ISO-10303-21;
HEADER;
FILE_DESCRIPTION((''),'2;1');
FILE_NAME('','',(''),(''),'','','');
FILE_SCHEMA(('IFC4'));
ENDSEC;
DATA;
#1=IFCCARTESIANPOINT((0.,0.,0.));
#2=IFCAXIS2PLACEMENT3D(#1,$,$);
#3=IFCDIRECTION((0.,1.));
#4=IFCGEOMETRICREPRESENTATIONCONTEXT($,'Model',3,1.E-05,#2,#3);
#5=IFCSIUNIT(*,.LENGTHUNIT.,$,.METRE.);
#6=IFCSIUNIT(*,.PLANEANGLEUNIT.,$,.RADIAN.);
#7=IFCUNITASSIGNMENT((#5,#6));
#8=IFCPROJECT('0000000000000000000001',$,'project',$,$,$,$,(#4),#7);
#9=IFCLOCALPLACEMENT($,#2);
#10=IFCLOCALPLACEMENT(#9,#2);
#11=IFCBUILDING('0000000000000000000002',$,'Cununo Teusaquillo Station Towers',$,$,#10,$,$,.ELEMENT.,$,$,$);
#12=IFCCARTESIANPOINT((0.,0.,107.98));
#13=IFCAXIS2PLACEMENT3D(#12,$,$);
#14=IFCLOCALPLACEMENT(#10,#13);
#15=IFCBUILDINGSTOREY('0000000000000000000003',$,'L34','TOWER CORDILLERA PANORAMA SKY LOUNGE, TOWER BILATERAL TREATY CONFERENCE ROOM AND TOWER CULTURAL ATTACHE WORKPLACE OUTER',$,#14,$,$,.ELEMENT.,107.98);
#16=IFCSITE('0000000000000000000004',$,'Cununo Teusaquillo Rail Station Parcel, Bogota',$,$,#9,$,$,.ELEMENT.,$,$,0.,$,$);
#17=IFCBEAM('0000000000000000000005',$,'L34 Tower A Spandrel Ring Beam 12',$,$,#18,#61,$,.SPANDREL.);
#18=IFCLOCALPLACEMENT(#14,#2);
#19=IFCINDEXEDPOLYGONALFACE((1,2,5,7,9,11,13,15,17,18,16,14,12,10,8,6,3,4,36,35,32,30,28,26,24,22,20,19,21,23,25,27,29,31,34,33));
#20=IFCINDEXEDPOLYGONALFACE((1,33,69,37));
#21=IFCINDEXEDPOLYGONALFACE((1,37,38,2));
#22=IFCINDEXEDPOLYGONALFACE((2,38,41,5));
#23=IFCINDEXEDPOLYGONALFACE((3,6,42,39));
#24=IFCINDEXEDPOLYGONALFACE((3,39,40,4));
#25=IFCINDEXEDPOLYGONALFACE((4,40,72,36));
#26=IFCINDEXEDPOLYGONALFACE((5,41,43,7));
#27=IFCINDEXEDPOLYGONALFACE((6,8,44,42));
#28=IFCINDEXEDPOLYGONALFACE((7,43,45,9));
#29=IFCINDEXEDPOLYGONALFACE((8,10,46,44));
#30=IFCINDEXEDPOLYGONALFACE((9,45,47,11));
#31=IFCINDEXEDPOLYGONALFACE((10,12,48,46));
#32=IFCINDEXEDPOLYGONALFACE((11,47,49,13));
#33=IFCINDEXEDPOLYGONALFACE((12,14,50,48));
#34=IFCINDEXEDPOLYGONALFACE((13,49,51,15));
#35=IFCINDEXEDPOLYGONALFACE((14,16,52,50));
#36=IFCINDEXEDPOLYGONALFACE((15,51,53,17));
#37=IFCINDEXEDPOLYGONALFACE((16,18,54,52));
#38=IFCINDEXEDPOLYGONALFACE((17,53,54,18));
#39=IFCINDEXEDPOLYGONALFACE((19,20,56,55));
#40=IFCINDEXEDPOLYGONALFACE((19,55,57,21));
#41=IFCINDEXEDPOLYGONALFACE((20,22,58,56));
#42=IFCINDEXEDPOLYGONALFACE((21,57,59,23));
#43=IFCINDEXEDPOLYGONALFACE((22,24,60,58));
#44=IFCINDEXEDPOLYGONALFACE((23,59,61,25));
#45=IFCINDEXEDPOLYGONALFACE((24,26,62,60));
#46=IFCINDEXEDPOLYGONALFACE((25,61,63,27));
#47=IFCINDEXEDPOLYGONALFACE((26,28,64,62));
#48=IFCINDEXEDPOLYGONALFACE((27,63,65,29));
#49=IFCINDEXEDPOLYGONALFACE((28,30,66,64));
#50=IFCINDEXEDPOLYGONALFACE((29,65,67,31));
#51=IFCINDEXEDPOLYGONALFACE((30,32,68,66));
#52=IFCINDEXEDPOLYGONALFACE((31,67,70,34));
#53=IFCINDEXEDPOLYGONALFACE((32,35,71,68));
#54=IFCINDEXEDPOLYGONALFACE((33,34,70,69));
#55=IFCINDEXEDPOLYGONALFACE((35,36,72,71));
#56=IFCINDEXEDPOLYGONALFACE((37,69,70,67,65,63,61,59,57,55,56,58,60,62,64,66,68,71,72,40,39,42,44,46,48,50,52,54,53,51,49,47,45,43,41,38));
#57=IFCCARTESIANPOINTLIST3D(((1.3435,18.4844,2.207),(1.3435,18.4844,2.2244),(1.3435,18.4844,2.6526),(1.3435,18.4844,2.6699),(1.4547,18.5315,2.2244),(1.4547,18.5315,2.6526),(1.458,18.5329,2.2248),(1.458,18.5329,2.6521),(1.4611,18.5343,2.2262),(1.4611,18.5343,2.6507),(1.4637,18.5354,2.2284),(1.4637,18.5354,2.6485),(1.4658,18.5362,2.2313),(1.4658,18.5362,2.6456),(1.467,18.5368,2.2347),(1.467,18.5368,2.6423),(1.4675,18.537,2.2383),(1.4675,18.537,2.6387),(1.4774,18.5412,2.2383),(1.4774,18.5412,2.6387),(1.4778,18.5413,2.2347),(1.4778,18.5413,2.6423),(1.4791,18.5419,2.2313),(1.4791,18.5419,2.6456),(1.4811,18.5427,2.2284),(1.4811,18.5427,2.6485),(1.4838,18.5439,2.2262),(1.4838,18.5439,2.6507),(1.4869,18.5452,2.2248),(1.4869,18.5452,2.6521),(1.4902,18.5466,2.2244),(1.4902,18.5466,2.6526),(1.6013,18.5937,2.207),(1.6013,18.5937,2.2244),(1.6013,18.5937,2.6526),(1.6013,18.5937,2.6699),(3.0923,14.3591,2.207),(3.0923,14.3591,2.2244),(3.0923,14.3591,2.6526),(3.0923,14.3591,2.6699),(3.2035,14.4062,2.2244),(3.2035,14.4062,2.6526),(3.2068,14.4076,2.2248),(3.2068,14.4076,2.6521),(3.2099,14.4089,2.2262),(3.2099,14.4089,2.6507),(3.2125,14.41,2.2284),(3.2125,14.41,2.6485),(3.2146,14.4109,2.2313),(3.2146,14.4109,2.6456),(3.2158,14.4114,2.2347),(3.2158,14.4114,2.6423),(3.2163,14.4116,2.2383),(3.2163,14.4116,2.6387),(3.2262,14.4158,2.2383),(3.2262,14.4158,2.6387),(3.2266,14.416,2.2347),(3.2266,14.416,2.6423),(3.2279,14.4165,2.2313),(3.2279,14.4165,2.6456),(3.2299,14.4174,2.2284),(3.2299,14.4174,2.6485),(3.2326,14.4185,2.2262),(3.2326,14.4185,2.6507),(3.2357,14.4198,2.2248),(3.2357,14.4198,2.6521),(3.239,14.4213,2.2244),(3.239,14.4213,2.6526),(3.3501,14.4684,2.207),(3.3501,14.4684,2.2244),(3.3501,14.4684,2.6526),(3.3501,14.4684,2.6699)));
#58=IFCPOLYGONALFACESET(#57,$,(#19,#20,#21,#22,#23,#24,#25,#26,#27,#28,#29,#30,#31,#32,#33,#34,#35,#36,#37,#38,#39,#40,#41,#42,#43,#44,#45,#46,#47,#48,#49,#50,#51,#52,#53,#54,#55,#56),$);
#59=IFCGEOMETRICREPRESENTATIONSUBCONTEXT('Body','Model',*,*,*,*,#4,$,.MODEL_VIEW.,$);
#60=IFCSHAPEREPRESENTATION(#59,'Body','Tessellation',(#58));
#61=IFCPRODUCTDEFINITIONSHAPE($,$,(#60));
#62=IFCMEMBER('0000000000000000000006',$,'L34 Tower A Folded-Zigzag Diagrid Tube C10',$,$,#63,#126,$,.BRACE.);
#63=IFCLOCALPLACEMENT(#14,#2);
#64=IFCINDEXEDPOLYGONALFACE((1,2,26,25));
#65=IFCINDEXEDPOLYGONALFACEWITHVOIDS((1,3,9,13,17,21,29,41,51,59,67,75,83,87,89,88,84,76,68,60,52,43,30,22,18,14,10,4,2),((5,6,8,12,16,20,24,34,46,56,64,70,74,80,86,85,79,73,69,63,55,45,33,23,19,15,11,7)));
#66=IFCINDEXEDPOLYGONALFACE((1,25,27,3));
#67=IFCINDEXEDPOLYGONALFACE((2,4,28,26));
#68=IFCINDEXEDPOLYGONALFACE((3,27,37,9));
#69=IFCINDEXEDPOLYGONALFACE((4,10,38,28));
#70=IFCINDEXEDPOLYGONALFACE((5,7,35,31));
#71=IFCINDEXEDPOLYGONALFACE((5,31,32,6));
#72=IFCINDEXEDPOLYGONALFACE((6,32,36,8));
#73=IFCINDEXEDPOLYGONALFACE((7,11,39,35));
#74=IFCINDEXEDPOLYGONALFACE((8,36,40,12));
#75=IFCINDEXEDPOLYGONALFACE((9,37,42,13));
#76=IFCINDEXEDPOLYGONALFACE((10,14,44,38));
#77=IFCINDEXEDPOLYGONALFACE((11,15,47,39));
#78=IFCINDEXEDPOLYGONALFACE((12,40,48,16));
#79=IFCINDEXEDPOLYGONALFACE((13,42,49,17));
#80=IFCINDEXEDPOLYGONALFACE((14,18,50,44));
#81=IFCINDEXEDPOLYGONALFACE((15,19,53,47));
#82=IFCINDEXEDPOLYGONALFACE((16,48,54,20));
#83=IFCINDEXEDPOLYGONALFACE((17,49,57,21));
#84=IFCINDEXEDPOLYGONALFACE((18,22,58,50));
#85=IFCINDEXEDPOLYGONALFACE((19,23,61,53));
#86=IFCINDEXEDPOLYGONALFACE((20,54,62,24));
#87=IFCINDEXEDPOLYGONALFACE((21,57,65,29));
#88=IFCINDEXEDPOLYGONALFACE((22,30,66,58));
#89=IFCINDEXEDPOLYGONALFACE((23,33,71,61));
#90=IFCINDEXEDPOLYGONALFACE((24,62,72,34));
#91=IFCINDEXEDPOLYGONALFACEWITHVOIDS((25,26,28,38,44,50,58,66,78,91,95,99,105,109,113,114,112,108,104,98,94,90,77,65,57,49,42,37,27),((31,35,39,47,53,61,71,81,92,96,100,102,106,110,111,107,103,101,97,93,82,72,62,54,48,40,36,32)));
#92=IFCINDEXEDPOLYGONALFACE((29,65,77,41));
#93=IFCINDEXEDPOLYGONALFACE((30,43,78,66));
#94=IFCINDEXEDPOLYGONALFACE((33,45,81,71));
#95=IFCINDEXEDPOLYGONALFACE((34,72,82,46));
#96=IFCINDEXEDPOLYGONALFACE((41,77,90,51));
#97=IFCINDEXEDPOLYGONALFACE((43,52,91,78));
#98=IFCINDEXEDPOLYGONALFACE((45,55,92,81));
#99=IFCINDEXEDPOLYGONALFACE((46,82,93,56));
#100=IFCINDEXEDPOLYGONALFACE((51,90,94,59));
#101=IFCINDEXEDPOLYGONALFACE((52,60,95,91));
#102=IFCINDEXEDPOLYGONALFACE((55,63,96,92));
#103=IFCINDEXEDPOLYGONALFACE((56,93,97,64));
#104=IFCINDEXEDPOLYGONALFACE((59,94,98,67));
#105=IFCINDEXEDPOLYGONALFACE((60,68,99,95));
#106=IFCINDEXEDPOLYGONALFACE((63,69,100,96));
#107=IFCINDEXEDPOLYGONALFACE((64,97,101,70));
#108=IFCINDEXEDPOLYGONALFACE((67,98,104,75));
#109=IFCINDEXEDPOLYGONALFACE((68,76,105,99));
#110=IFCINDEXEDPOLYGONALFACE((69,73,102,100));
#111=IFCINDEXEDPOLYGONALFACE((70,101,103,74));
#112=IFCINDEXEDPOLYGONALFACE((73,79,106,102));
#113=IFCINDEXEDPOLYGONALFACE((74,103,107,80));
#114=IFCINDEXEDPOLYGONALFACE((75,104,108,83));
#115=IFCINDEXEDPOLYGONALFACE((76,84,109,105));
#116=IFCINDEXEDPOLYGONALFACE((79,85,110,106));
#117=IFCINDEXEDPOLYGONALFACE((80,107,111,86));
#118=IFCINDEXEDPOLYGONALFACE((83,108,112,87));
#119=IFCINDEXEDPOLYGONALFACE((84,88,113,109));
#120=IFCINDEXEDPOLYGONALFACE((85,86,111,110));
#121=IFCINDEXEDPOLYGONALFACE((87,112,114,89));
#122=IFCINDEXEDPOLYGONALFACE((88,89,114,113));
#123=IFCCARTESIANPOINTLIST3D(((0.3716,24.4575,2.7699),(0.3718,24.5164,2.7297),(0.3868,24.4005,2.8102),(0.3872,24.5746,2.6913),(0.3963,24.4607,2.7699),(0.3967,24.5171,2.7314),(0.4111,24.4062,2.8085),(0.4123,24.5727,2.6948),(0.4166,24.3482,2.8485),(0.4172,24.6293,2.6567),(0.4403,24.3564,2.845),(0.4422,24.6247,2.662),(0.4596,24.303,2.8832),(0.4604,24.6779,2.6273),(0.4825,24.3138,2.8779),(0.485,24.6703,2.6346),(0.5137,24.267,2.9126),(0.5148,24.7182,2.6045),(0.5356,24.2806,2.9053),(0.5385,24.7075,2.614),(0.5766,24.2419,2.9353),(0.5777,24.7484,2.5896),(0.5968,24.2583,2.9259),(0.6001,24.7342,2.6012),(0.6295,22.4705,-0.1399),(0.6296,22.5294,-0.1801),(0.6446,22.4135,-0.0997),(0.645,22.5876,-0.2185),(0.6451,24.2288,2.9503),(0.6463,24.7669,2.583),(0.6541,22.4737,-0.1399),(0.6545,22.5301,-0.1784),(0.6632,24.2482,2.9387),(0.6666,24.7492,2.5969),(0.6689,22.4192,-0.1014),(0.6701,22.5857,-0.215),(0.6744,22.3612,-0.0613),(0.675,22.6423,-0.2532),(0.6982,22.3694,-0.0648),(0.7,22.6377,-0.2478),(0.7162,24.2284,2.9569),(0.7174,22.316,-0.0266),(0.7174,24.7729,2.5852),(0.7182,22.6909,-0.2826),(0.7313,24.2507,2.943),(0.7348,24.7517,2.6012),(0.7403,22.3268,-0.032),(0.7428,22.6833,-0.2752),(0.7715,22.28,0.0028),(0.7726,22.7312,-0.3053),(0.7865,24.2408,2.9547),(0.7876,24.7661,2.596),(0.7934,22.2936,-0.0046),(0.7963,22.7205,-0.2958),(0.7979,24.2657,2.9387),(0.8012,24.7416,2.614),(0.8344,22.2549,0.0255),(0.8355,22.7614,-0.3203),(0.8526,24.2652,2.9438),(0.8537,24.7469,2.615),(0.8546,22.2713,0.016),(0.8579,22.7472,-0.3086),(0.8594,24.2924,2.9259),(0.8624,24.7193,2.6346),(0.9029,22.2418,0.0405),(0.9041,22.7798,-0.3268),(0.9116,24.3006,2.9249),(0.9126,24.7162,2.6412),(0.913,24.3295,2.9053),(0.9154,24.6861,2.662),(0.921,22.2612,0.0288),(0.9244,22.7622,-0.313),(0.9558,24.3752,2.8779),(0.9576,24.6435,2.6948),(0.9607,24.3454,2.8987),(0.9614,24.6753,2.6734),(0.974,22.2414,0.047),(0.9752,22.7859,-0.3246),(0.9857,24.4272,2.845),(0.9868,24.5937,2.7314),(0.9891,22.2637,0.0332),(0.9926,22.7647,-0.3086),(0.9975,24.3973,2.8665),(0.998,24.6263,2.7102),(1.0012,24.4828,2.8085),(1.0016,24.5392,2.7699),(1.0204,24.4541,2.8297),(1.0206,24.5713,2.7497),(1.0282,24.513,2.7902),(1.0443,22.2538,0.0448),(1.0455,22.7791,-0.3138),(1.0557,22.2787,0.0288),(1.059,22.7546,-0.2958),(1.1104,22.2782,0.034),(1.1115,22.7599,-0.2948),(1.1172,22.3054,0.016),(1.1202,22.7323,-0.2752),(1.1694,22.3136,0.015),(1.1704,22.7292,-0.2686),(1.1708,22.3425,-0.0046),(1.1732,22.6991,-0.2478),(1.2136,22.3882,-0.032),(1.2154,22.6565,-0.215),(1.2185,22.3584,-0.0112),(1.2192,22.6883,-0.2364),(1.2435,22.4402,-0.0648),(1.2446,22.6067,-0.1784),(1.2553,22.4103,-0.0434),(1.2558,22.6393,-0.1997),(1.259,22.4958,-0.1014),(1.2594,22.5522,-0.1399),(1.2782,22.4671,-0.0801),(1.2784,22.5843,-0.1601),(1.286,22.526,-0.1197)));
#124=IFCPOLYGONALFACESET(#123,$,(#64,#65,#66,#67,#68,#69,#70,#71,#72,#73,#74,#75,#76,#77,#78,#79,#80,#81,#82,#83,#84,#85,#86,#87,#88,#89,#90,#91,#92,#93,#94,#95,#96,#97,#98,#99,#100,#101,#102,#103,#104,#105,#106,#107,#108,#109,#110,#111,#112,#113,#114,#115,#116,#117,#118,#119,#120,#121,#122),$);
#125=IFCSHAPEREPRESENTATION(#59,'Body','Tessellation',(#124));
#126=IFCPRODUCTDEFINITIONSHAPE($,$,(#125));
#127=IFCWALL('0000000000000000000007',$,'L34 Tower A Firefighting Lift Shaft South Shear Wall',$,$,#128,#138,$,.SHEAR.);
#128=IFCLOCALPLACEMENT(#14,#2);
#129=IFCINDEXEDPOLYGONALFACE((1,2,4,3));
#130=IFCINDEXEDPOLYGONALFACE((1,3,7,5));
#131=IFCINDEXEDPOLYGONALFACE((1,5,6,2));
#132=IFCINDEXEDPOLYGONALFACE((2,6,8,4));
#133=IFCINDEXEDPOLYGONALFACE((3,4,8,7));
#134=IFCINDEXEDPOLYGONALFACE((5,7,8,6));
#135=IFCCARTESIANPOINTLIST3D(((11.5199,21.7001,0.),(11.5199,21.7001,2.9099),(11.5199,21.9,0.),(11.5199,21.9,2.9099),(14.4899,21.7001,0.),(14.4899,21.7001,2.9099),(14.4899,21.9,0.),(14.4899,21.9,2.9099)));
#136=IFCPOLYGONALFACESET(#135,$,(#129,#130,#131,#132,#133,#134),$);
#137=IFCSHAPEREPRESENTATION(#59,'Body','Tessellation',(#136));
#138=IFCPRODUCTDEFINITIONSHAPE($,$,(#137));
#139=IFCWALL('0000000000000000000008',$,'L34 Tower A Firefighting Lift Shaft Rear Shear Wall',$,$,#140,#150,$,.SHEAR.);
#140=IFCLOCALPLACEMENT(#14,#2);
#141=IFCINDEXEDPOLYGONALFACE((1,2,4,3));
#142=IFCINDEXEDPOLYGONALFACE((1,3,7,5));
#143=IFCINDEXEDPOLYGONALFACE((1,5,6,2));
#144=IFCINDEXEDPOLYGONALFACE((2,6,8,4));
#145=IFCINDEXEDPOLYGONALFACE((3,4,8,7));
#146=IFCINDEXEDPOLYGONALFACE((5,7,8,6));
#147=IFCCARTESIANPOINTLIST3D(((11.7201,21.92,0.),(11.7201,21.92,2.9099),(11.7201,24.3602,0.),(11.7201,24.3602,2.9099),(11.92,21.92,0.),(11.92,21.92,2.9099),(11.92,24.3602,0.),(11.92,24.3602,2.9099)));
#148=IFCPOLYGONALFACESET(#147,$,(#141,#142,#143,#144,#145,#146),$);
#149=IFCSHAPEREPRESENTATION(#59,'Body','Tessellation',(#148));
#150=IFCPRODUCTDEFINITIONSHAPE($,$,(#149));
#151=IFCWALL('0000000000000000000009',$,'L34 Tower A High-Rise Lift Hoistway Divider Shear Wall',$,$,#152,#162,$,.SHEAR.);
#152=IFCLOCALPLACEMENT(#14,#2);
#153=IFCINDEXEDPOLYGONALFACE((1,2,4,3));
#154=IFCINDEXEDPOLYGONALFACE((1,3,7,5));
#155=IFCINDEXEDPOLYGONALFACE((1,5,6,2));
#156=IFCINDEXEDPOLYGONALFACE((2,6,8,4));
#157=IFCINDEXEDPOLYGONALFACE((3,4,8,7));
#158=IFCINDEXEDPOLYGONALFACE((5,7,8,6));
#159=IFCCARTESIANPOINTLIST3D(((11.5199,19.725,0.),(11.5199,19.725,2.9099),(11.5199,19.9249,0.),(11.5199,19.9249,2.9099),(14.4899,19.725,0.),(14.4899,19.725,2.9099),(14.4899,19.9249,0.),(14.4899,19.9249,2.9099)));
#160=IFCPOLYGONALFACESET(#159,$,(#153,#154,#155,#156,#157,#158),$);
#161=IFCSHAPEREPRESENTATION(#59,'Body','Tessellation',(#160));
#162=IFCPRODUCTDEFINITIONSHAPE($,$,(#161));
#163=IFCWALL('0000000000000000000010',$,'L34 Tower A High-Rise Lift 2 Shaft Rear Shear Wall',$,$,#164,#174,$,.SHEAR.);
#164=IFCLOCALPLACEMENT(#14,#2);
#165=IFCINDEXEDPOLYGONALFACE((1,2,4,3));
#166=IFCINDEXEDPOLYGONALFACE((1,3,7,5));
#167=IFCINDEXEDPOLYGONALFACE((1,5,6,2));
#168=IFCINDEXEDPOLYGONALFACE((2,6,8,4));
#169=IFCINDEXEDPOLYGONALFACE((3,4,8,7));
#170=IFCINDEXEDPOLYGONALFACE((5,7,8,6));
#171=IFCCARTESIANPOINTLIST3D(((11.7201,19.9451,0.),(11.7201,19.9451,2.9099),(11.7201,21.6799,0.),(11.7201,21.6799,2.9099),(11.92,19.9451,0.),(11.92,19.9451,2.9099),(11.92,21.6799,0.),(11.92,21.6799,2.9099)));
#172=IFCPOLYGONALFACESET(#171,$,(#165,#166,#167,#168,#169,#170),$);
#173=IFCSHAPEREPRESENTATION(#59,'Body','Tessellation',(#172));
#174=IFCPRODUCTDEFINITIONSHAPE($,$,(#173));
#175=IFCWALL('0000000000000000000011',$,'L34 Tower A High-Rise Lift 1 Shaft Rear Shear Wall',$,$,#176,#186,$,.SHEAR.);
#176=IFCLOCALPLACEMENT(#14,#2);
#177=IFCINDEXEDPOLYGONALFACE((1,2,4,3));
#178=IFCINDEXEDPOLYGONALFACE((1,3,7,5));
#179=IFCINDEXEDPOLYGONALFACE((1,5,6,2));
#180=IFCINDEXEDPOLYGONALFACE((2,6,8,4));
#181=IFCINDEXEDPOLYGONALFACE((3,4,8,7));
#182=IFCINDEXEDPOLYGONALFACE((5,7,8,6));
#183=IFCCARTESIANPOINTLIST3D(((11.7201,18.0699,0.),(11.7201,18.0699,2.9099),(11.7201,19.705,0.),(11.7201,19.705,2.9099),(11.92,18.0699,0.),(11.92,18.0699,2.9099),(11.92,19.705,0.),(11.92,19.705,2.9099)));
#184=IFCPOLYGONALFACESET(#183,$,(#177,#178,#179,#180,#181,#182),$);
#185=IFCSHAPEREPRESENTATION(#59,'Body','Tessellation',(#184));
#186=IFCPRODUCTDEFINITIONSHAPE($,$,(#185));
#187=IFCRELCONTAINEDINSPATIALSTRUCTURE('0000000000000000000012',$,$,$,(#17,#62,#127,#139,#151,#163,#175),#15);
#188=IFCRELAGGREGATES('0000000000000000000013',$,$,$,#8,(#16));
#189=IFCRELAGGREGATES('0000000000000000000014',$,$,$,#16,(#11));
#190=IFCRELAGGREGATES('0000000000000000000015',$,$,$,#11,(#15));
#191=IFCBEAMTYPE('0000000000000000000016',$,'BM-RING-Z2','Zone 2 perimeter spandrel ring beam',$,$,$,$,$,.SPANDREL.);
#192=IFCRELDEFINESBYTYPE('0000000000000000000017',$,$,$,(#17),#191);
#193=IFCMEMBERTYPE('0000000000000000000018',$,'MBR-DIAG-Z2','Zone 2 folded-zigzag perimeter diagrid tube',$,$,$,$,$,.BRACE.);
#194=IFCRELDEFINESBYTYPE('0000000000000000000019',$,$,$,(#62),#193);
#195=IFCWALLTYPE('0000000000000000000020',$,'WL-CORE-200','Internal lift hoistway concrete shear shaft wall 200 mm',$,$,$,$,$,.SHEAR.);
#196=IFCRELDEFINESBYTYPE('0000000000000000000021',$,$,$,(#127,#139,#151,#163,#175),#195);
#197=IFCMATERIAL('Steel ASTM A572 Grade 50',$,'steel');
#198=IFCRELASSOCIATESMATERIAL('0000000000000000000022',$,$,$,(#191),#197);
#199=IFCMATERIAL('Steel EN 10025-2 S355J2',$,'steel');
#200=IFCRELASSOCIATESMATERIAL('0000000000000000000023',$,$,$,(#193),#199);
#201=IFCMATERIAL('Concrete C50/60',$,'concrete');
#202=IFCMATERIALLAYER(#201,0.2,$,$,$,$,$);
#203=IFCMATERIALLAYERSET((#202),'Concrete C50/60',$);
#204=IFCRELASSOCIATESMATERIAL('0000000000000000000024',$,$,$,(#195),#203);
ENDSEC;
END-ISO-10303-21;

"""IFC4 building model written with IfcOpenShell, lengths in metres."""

from ifc_helpers import new_model, si_unit, direction, frame, frame_2d, origin, origin_2d, place, context, subcontext, project, spatial, rectangle, hollow_circle, i_section, extrude, material, layer, layer_set, material_profile, profile_set, type_object, element, save


model = new_model("IFC4")

# Units and contexts
model_context = context("Model", 3, precision=1e-05, world=origin(), true_north=direction((0.0, 1.0)))
body_context = subcontext(model_context, "Body", "Model", "MODEL_VIEW")
ifc_project = project(units=[si_unit("LENGTHUNIT", "METRE"), si_unit("PLANEANGLEUNIT", "RADIAN")], contexts=[model_context])

# Site, building, storey
site_placement = place(None, origin())
site = spatial("IfcSite", under=ifc_project, at=site_placement, Name="Cununo Teusaquillo Rail Station Parcel, Bogota", CompositionType="ELEMENT", RefElevation=0.0)
building_placement = place(site_placement, origin())
building = spatial("IfcBuilding", under=site, at=building_placement, Name="Cununo Teusaquillo Station Towers", CompositionType="ELEMENT")
storey_placement = place(building_placement, frame((0.0, 0.0, 107.98)))
storey = spatial("IfcBuildingStorey", under=building, at=storey_placement, Name="L34", Description="TOWER CORDILLERA PANORAMA SKY LOUNGE, TOWER BILATERAL TREATY CONFERENCE ROOM AND TOWER CULTURAL ATTACHE WORKPLACE OUTER", CompositionType="ELEMENT", Elevation=107.98)

# Beam
ifc_material_1 = material(Name="Steel ASTM A572 Grade 50", Category="steel")
ifc_material_profile_1 = material_profile(ifc_material_1, i_section(OverallWidth=0.28, OverallDepth=0.4629, WebThickness=0.0107, FlangeThickness=0.0173, FilletRadius=0.0139, at=origin_2d()), Name="W18X76")
ifc_profile_set_1 = profile_set([ifc_material_profile_1], Name="Steel ASTM A572 Grade 50")
beam_type_1 = type_object("IfcBeamType", Name="BM-RING-Z2", Description="Zone 2 perimeter spandrel ring beam", PredefinedType="SPANDREL", material=ifc_profile_set_1)
beam_1_placement = place(storey_placement, frame((1.4724, 18.5391, 2.4385), z_axis=(0.390299, -0.920688, 0.0), x_axis=(0.920688, 0.390299, 0.0)))
element("IfcBeam", 1, at=beam_1_placement, inside=storey, type_object=beam_type_1, Name="L34 Tower A Spandrel Ring Beam 12", PredefinedType="SPANDREL", context=body_context, shape_type="SweptSolid", body=[
    extrude(i_section(OverallWidth=0.28, OverallDepth=0.4629, WebThickness=0.0107, FlangeThickness=0.0173, FilletRadius=0.0139, at=origin_2d()), origin(), (0.0, 0.0, 1.0), 4.4807),
])

# Member
ifc_material_2 = material(Name="Steel EN 10025-2 S355J2", Category="steel")
ifc_material_profile_2 = material_profile(ifc_material_2, hollow_circle(Radius=0.3301, WallThickness=0.0249, at=origin_2d()), Name="CHS 660x25")
ifc_profile_set_2 = profile_set([ifc_material_profile_2], Name="Steel EN 10025-2 S355J2")
member_type = type_object("IfcMemberType", Name="MBR-DIAG-Z2", Description="Zone 2 folded-zigzag perimeter diagrid tube", PredefinedType="BRACE", material=ifc_profile_set_2)
member_placement = place(storey_placement, frame((0.9568, 22.5129, -0.1399), z_axis=(-0.072972, 0.56242, 0.823625), x_axis=(-0.991688, -0.128667, 0.0)))
element("IfcMember", 2, at=member_placement, inside=storey, type_object=member_type, Name="L34 Tower A Folded-Zigzag Diagrid Tube C10", PredefinedType="BRACE", context=body_context, shape_type="SweptSolid", body=[
    extrude(hollow_circle(Radius=0.3301, WallThickness=0.0249, at=origin_2d()), origin(), (0.0, 0.0, 1.0), 3.533),
])

# Walls
ifc_material_3 = material(Name="Concrete C50/60", Category="concrete")
ifc_layer_1 = layer(ifc_material_3, 0.2)
ifc_layer_set_1 = layer_set([ifc_layer_1], Name="Concrete C50/60")
wall_type_1 = type_object("IfcWallType", Name="WL-CORE-200", Description="Internal lift hoistway concrete shear shaft wall 200 mm", PredefinedType="SHEAR", material=ifc_layer_set_1)
wall_1_placement = place(storey_placement, frame((11.52, 21.8, 0.0), z_axis=(0.0, 0.0, 1.0), x_axis=(1.0, 0.0, 0.0)))
element("IfcWall", 3, at=wall_1_placement, inside=storey, type_object=wall_type_1, Name="L34 Tower A Firefighting Lift Shaft South Shear Wall", PredefinedType="SHEAR", context=body_context, shape_type="SweptSolid", body=[
    extrude(rectangle(XDim=2.97, YDim=0.2, at=frame_2d((1.4849, 0.0))), origin(), (0.0, 0.0, 1.0), 2.9099),
])
wall_2_placement = place(storey_placement, frame((11.8201, 21.9199, 0.0), z_axis=(0.0, 0.0, 1.0), x_axis=(0.0, 1.0, 0.0)))
element("IfcWall", 4, at=wall_2_placement, inside=storey, type_object=wall_type_1, Name="L34 Tower A Firefighting Lift Shaft Rear Shear Wall", PredefinedType="SHEAR", context=body_context, shape_type="SweptSolid", body=[
    extrude(rectangle(XDim=2.4402, YDim=0.2, at=frame_2d((1.2202, 0.0))), origin(), (0.0, 0.0, 1.0), 2.9099),
])
wall_3_placement = place(storey_placement, frame((11.52, 19.825, 0.0), z_axis=(0.0, 0.0, 1.0), x_axis=(1.0, 0.0, 0.0)))
element("IfcWall", 5, at=wall_3_placement, inside=storey, type_object=wall_type_1, Name="L34 Tower A High-Rise Lift Hoistway Divider Shear Wall", PredefinedType="SHEAR", context=body_context, shape_type="SweptSolid", body=[
    extrude(rectangle(XDim=2.97, YDim=0.2, at=frame_2d((1.4849, 0.0))), origin(), (0.0, 0.0, 1.0), 2.9099),
])
wall_4_placement = place(storey_placement, frame((11.8201, 19.9451, 0.0), z_axis=(0.0, 0.0, 1.0), x_axis=(0.0, 1.0, 0.0)))
element("IfcWall", 6, at=wall_4_placement, inside=storey, type_object=wall_type_1, Name="L34 Tower A High-Rise Lift 2 Shaft Rear Shear Wall", PredefinedType="SHEAR", context=body_context, shape_type="SweptSolid", body=[
    extrude(rectangle(XDim=1.7349, YDim=0.2, at=frame_2d((0.8674, 0.0))), origin(), (0.0, 0.0, 1.0), 2.9099),
])
wall_5_placement = place(storey_placement, frame((11.8201, 18.0701, 0.0), z_axis=(0.0, 0.0, 1.0), x_axis=(0.0, 1.0, 0.0)))
element("IfcWall", 7, at=wall_5_placement, inside=storey, type_object=wall_type_1, Name="L34 Tower A High-Rise Lift 1 Shaft Rear Shear Wall", PredefinedType="SHEAR", context=body_context, shape_type="SweptSolid", body=[
    extrude(rectangle(XDim=1.635, YDim=0.2, at=frame_2d((0.8174, 0.0))), origin(), (0.0, 0.0, 1.0), 2.9099),
])

save(model, "model.ifc")
